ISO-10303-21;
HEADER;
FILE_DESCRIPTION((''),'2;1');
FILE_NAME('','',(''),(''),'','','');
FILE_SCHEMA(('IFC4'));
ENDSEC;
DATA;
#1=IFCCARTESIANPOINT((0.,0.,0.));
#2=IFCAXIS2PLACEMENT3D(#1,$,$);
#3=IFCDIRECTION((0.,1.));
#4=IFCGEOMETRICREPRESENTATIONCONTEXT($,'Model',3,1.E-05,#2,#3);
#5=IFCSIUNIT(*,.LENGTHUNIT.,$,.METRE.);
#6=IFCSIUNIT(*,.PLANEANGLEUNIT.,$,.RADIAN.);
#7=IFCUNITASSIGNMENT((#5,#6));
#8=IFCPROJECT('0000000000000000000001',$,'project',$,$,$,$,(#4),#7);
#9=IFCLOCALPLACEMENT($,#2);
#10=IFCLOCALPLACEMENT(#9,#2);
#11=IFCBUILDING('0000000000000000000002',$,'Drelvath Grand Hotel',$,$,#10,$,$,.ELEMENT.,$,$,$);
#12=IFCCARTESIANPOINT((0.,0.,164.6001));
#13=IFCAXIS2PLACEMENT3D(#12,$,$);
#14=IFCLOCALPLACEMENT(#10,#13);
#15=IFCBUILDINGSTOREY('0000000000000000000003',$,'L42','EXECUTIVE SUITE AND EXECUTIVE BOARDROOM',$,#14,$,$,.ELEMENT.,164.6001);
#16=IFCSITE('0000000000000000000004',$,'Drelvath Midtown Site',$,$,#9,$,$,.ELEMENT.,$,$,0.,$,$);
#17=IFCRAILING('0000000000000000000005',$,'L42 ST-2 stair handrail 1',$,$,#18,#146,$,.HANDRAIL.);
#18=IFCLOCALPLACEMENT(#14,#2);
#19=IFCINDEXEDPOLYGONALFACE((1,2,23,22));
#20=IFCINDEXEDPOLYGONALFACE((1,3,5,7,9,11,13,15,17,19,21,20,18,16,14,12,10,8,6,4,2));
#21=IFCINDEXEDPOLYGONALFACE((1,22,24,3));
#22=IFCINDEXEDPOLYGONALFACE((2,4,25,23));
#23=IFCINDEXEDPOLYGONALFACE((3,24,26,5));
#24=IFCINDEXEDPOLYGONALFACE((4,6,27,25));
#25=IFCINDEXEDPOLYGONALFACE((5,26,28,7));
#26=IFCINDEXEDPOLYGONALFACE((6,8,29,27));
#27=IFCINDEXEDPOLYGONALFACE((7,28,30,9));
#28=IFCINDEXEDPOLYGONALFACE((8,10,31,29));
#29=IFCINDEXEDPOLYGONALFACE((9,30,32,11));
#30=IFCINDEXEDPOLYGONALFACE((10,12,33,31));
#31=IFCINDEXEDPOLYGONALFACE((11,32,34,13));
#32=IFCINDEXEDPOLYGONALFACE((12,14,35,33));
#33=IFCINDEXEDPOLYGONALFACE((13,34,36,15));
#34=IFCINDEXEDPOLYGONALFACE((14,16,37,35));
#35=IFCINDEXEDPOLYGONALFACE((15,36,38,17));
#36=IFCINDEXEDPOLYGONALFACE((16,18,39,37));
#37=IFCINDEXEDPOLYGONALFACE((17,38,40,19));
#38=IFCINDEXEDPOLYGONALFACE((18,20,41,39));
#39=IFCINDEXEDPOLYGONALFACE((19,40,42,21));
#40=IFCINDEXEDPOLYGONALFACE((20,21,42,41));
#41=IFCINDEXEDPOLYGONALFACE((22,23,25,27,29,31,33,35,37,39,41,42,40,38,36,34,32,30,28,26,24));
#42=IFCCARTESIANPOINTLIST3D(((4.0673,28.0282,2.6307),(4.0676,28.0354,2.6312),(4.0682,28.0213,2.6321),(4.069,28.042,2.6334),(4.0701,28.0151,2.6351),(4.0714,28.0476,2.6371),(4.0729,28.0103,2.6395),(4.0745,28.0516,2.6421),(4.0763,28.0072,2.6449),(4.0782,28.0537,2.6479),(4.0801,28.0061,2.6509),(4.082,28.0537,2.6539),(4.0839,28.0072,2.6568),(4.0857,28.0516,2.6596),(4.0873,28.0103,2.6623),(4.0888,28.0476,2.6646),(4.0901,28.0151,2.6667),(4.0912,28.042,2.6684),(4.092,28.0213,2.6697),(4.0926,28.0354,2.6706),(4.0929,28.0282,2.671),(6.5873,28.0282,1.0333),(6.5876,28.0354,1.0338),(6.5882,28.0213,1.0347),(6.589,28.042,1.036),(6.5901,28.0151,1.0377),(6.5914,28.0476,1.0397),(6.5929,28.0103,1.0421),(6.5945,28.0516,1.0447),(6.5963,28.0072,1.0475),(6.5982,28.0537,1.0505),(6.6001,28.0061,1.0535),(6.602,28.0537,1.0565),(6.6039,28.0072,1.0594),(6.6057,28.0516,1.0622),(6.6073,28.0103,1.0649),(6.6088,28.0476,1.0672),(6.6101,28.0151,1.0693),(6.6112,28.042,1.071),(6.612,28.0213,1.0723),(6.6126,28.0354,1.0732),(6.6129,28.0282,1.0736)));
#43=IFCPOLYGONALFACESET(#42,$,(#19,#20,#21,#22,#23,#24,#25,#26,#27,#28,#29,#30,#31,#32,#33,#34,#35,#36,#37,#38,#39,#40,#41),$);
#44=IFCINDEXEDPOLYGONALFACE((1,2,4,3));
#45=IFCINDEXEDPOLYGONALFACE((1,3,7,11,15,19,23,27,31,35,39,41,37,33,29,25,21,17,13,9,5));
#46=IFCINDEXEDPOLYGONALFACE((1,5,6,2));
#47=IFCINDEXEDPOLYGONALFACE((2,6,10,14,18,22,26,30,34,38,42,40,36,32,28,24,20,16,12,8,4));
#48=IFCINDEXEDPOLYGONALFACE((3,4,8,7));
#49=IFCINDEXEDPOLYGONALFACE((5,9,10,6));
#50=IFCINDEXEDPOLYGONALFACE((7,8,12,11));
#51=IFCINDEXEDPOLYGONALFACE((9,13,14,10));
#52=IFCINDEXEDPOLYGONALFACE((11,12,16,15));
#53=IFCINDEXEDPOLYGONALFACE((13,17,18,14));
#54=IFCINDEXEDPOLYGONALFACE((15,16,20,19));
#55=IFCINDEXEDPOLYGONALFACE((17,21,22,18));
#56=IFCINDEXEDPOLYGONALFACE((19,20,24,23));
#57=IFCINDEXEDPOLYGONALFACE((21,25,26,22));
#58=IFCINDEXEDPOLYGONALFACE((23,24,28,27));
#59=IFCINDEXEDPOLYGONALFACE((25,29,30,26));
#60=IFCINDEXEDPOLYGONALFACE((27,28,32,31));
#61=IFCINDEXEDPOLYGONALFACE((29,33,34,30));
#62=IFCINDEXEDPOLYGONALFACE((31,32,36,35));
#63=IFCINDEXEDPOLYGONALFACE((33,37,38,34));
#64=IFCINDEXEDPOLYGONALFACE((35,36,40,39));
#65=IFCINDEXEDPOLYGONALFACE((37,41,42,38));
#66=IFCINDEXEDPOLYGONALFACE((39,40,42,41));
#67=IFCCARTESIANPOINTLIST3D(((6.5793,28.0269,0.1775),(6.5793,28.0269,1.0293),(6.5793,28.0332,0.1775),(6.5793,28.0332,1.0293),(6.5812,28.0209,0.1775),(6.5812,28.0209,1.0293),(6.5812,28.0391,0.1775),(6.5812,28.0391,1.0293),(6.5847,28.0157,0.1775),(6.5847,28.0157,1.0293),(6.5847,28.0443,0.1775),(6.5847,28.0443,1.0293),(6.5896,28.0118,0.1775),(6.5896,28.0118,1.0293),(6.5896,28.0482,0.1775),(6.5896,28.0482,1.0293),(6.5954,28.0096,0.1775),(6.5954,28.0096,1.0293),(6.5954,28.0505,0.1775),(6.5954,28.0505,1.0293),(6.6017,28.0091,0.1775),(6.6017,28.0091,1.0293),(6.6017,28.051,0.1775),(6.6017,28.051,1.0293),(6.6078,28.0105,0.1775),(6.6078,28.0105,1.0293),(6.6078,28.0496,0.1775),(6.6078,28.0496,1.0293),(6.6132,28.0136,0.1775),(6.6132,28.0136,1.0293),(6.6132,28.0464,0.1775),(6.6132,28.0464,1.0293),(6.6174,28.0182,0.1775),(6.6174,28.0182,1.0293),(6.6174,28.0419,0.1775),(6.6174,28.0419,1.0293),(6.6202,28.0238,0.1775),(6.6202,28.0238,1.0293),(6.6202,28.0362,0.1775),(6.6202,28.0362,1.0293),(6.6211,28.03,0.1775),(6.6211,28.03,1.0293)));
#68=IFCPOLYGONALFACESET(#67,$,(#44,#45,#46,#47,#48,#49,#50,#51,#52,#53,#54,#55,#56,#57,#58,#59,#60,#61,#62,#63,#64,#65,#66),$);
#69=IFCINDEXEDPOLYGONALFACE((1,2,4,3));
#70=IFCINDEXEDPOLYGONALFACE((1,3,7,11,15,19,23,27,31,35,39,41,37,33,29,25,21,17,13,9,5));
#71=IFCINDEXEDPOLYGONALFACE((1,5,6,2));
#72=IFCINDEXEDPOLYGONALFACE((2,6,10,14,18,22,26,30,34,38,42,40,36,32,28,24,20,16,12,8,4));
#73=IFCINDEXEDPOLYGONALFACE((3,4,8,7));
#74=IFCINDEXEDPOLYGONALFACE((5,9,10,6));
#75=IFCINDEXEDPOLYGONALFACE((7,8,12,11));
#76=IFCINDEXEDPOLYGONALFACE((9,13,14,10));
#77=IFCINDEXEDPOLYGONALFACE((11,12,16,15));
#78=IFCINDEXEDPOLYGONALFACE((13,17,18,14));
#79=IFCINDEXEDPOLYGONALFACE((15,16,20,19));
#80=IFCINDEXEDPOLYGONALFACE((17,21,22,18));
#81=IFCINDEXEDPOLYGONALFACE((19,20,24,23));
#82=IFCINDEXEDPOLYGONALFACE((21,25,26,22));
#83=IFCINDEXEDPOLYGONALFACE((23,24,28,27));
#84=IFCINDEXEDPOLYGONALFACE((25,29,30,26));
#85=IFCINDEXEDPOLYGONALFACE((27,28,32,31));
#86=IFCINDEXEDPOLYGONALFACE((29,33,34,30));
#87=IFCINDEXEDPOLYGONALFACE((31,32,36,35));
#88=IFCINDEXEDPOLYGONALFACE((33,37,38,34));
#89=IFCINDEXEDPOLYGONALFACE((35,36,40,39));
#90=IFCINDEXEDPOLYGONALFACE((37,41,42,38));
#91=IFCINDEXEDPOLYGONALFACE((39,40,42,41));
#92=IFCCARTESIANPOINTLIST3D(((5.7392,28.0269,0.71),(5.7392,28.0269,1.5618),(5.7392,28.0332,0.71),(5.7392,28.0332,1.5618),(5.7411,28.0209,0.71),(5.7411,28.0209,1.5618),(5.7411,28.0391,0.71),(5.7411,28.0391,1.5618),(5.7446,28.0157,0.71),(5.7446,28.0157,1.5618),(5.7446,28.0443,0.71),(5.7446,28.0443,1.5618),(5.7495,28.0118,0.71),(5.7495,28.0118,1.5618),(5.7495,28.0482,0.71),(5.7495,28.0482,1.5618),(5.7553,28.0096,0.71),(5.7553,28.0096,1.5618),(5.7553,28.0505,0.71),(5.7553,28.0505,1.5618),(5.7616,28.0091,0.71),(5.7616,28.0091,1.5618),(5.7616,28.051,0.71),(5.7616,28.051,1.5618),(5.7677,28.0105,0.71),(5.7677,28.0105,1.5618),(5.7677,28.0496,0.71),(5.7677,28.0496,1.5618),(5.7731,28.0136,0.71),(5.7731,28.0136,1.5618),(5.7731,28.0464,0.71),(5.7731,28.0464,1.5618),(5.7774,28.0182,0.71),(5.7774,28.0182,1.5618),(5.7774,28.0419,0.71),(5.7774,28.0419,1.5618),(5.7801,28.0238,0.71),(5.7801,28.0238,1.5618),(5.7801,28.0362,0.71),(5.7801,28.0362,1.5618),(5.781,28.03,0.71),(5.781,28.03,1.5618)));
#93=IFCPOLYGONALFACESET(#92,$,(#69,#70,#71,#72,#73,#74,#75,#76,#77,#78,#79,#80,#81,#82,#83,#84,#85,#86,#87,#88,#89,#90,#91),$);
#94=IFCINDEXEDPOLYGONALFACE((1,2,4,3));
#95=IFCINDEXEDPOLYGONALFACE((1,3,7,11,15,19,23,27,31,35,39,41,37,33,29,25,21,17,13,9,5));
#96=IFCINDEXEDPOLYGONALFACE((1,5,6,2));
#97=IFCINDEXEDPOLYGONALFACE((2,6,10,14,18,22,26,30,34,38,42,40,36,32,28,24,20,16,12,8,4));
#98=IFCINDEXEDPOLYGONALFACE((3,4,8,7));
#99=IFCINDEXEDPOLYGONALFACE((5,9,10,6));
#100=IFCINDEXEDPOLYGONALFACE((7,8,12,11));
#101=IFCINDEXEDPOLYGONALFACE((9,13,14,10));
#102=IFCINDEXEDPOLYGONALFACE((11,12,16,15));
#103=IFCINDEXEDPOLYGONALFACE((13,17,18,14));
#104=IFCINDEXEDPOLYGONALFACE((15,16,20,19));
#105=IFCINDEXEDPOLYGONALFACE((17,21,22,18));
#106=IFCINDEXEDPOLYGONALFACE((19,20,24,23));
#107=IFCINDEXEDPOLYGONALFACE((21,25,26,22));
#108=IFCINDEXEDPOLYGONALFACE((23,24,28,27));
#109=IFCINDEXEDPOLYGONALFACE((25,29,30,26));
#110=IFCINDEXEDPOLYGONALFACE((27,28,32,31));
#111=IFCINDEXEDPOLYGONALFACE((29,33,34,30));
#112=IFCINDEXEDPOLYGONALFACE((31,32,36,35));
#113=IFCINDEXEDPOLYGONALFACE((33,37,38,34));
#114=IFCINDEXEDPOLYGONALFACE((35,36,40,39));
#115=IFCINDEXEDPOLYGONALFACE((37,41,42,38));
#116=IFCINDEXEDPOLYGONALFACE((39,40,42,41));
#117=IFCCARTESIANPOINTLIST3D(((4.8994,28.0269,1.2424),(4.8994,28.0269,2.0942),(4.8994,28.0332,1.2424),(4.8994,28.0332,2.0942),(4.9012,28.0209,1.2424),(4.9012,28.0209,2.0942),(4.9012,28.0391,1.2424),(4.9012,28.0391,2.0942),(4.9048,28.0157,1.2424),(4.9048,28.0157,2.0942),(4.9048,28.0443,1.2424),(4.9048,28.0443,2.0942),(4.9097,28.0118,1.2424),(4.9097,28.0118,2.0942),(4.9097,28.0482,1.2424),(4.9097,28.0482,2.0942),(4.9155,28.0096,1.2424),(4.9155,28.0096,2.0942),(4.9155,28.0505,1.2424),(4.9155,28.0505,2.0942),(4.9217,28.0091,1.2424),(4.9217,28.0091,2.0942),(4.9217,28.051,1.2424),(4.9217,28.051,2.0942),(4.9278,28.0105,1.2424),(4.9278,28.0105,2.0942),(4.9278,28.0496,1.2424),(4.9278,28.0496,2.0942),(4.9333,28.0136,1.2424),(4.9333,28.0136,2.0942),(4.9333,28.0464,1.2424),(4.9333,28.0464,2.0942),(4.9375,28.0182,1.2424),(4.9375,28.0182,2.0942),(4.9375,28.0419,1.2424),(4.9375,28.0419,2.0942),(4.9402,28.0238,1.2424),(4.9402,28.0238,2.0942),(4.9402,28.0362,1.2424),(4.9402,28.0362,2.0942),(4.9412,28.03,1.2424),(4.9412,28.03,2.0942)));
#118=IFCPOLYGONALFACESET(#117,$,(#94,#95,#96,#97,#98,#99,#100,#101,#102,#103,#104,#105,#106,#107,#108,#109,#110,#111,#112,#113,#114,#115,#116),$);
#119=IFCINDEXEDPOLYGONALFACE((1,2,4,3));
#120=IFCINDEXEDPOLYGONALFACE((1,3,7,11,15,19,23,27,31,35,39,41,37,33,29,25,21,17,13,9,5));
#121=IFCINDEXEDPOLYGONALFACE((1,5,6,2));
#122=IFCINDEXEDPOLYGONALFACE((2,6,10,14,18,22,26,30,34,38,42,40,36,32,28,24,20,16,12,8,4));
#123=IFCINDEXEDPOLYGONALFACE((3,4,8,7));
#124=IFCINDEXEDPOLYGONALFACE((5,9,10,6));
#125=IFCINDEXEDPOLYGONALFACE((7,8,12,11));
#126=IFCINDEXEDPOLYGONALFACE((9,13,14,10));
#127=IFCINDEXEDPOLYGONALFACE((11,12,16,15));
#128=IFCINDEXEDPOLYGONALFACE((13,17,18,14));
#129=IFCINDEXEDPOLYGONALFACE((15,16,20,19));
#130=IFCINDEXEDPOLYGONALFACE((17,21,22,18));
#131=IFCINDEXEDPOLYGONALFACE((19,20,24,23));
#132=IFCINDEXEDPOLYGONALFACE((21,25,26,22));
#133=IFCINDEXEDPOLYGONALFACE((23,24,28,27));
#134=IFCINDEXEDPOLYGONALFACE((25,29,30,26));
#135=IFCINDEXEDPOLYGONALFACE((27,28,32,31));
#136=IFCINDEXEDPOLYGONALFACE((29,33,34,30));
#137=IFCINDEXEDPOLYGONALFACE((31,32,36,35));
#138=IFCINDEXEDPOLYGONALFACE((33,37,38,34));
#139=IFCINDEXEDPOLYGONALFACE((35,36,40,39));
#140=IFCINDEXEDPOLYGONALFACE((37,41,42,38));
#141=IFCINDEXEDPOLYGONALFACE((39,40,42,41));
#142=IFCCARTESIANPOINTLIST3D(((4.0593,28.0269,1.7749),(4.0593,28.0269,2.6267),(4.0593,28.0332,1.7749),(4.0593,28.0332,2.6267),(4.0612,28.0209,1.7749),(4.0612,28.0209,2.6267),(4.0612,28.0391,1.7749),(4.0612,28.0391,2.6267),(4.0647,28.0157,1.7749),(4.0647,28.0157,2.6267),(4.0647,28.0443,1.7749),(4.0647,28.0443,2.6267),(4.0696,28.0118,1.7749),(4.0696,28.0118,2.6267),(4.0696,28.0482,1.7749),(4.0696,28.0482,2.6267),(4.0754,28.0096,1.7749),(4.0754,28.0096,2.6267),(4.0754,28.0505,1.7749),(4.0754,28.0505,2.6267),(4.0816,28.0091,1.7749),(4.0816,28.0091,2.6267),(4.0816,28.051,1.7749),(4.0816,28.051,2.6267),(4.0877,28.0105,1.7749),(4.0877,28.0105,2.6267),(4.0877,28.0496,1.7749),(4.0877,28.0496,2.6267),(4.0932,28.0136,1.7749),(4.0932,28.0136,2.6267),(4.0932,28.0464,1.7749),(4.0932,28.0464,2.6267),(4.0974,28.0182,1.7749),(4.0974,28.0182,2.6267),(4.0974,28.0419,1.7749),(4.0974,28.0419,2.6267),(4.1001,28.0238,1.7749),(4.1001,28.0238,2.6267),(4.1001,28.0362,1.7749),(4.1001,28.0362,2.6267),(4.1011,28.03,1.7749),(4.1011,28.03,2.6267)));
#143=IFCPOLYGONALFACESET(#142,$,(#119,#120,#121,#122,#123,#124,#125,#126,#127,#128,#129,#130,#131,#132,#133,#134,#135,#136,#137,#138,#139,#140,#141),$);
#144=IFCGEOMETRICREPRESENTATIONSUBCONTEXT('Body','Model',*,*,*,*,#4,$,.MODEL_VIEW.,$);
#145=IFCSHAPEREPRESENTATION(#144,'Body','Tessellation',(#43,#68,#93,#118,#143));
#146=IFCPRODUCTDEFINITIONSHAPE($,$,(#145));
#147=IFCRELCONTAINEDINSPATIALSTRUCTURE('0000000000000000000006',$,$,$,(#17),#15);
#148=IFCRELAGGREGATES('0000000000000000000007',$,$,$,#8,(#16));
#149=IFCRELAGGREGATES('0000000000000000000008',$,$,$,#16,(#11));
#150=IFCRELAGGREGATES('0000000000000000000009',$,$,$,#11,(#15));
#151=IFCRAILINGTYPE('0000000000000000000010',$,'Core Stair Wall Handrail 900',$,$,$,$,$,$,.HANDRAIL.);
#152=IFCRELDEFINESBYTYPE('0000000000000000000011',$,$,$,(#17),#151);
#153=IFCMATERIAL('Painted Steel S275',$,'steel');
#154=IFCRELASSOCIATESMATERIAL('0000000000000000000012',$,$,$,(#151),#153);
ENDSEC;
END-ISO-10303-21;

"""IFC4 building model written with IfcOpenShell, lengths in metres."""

from ifc_helpers import new_model, si_unit, direction, frame, origin, origin_2d, place, context, subcontext, project, spatial, circle, extrude, material, type_object, element, save


model = new_model("IFC4")

# Units and contexts
model_context = context("Model", 3, precision=1e-05, world=origin(), true_north=direction((0.0, 1.0)))
body_context = subcontext(model_context, "Body", "Model", "MODEL_VIEW")
ifc_project = project(units=[si_unit("LENGTHUNIT", "METRE"), si_unit("PLANEANGLEUNIT", "RADIAN")], contexts=[model_context])

# Site, building, storey
site_placement = place(None, origin())
site = spatial("IfcSite", under=ifc_project, at=site_placement, Name="Drelvath Midtown Site", CompositionType="ELEMENT", RefElevation=0.0)
building_placement = place(site_placement, origin())
building = spatial("IfcBuilding", under=site, at=building_placement, Name="Drelvath Grand Hotel", CompositionType="ELEMENT")
storey_placement = place(building_placement, frame((0.0, 0.0, 164.6001)))
storey = spatial("IfcBuildingStorey", under=building, at=storey_placement, Name="L42", Description="EXECUTIVE SUITE AND EXECUTIVE BOARDROOM", CompositionType="ELEMENT", Elevation=164.6001)

# Shared definitions
ifc_material_1 = material(Name="Painted Steel S275", Category="steel")

# Railing
railing_type = type_object("IfcRailingType", Name="Core Stair Wall Handrail 900", PredefinedType="HANDRAIL", material=ifc_material_1)
railing_placement = place(storey_placement, frame((6.6001, 28.03, 0.1775)))
element("IfcRailing", 1, at=railing_placement, inside=storey, type_object=railing_type, Name="L42 ST-2 stair handrail 1", PredefinedType="HANDRAIL", context=body_context, shape_type="SweptSolid", body=[
    extrude(circle(Radius=0.0239, at=origin_2d()), frame((0.0, 0.0, 0.876), z_axis=(-0.844607, 0.0, 0.535387), x_axis=(0.0, -1.0, 0.0)), (0.0, 0.0, 1.0), 2.9836),
    extrude(circle(Radius=0.021, at=origin_2d()), origin(), (0.0, 0.0, 1.0), 0.8518),
    extrude(circle(Radius=0.021, at=origin_2d()), frame((-0.8401, 0.0, 0.5325)), (0.0, 0.0, 1.0), 0.8518),
    extrude(circle(Radius=0.021, at=origin_2d()), frame((-1.6799, 0.0, 1.0649)), (0.0, 0.0, 1.0), 0.8518),
    extrude(circle(Radius=0.021, at=origin_2d()), frame((-2.52, 0.0, 1.5974)), (0.0, 0.0, 1.0), 0.8518),
])

save(model, "model.ifc")
